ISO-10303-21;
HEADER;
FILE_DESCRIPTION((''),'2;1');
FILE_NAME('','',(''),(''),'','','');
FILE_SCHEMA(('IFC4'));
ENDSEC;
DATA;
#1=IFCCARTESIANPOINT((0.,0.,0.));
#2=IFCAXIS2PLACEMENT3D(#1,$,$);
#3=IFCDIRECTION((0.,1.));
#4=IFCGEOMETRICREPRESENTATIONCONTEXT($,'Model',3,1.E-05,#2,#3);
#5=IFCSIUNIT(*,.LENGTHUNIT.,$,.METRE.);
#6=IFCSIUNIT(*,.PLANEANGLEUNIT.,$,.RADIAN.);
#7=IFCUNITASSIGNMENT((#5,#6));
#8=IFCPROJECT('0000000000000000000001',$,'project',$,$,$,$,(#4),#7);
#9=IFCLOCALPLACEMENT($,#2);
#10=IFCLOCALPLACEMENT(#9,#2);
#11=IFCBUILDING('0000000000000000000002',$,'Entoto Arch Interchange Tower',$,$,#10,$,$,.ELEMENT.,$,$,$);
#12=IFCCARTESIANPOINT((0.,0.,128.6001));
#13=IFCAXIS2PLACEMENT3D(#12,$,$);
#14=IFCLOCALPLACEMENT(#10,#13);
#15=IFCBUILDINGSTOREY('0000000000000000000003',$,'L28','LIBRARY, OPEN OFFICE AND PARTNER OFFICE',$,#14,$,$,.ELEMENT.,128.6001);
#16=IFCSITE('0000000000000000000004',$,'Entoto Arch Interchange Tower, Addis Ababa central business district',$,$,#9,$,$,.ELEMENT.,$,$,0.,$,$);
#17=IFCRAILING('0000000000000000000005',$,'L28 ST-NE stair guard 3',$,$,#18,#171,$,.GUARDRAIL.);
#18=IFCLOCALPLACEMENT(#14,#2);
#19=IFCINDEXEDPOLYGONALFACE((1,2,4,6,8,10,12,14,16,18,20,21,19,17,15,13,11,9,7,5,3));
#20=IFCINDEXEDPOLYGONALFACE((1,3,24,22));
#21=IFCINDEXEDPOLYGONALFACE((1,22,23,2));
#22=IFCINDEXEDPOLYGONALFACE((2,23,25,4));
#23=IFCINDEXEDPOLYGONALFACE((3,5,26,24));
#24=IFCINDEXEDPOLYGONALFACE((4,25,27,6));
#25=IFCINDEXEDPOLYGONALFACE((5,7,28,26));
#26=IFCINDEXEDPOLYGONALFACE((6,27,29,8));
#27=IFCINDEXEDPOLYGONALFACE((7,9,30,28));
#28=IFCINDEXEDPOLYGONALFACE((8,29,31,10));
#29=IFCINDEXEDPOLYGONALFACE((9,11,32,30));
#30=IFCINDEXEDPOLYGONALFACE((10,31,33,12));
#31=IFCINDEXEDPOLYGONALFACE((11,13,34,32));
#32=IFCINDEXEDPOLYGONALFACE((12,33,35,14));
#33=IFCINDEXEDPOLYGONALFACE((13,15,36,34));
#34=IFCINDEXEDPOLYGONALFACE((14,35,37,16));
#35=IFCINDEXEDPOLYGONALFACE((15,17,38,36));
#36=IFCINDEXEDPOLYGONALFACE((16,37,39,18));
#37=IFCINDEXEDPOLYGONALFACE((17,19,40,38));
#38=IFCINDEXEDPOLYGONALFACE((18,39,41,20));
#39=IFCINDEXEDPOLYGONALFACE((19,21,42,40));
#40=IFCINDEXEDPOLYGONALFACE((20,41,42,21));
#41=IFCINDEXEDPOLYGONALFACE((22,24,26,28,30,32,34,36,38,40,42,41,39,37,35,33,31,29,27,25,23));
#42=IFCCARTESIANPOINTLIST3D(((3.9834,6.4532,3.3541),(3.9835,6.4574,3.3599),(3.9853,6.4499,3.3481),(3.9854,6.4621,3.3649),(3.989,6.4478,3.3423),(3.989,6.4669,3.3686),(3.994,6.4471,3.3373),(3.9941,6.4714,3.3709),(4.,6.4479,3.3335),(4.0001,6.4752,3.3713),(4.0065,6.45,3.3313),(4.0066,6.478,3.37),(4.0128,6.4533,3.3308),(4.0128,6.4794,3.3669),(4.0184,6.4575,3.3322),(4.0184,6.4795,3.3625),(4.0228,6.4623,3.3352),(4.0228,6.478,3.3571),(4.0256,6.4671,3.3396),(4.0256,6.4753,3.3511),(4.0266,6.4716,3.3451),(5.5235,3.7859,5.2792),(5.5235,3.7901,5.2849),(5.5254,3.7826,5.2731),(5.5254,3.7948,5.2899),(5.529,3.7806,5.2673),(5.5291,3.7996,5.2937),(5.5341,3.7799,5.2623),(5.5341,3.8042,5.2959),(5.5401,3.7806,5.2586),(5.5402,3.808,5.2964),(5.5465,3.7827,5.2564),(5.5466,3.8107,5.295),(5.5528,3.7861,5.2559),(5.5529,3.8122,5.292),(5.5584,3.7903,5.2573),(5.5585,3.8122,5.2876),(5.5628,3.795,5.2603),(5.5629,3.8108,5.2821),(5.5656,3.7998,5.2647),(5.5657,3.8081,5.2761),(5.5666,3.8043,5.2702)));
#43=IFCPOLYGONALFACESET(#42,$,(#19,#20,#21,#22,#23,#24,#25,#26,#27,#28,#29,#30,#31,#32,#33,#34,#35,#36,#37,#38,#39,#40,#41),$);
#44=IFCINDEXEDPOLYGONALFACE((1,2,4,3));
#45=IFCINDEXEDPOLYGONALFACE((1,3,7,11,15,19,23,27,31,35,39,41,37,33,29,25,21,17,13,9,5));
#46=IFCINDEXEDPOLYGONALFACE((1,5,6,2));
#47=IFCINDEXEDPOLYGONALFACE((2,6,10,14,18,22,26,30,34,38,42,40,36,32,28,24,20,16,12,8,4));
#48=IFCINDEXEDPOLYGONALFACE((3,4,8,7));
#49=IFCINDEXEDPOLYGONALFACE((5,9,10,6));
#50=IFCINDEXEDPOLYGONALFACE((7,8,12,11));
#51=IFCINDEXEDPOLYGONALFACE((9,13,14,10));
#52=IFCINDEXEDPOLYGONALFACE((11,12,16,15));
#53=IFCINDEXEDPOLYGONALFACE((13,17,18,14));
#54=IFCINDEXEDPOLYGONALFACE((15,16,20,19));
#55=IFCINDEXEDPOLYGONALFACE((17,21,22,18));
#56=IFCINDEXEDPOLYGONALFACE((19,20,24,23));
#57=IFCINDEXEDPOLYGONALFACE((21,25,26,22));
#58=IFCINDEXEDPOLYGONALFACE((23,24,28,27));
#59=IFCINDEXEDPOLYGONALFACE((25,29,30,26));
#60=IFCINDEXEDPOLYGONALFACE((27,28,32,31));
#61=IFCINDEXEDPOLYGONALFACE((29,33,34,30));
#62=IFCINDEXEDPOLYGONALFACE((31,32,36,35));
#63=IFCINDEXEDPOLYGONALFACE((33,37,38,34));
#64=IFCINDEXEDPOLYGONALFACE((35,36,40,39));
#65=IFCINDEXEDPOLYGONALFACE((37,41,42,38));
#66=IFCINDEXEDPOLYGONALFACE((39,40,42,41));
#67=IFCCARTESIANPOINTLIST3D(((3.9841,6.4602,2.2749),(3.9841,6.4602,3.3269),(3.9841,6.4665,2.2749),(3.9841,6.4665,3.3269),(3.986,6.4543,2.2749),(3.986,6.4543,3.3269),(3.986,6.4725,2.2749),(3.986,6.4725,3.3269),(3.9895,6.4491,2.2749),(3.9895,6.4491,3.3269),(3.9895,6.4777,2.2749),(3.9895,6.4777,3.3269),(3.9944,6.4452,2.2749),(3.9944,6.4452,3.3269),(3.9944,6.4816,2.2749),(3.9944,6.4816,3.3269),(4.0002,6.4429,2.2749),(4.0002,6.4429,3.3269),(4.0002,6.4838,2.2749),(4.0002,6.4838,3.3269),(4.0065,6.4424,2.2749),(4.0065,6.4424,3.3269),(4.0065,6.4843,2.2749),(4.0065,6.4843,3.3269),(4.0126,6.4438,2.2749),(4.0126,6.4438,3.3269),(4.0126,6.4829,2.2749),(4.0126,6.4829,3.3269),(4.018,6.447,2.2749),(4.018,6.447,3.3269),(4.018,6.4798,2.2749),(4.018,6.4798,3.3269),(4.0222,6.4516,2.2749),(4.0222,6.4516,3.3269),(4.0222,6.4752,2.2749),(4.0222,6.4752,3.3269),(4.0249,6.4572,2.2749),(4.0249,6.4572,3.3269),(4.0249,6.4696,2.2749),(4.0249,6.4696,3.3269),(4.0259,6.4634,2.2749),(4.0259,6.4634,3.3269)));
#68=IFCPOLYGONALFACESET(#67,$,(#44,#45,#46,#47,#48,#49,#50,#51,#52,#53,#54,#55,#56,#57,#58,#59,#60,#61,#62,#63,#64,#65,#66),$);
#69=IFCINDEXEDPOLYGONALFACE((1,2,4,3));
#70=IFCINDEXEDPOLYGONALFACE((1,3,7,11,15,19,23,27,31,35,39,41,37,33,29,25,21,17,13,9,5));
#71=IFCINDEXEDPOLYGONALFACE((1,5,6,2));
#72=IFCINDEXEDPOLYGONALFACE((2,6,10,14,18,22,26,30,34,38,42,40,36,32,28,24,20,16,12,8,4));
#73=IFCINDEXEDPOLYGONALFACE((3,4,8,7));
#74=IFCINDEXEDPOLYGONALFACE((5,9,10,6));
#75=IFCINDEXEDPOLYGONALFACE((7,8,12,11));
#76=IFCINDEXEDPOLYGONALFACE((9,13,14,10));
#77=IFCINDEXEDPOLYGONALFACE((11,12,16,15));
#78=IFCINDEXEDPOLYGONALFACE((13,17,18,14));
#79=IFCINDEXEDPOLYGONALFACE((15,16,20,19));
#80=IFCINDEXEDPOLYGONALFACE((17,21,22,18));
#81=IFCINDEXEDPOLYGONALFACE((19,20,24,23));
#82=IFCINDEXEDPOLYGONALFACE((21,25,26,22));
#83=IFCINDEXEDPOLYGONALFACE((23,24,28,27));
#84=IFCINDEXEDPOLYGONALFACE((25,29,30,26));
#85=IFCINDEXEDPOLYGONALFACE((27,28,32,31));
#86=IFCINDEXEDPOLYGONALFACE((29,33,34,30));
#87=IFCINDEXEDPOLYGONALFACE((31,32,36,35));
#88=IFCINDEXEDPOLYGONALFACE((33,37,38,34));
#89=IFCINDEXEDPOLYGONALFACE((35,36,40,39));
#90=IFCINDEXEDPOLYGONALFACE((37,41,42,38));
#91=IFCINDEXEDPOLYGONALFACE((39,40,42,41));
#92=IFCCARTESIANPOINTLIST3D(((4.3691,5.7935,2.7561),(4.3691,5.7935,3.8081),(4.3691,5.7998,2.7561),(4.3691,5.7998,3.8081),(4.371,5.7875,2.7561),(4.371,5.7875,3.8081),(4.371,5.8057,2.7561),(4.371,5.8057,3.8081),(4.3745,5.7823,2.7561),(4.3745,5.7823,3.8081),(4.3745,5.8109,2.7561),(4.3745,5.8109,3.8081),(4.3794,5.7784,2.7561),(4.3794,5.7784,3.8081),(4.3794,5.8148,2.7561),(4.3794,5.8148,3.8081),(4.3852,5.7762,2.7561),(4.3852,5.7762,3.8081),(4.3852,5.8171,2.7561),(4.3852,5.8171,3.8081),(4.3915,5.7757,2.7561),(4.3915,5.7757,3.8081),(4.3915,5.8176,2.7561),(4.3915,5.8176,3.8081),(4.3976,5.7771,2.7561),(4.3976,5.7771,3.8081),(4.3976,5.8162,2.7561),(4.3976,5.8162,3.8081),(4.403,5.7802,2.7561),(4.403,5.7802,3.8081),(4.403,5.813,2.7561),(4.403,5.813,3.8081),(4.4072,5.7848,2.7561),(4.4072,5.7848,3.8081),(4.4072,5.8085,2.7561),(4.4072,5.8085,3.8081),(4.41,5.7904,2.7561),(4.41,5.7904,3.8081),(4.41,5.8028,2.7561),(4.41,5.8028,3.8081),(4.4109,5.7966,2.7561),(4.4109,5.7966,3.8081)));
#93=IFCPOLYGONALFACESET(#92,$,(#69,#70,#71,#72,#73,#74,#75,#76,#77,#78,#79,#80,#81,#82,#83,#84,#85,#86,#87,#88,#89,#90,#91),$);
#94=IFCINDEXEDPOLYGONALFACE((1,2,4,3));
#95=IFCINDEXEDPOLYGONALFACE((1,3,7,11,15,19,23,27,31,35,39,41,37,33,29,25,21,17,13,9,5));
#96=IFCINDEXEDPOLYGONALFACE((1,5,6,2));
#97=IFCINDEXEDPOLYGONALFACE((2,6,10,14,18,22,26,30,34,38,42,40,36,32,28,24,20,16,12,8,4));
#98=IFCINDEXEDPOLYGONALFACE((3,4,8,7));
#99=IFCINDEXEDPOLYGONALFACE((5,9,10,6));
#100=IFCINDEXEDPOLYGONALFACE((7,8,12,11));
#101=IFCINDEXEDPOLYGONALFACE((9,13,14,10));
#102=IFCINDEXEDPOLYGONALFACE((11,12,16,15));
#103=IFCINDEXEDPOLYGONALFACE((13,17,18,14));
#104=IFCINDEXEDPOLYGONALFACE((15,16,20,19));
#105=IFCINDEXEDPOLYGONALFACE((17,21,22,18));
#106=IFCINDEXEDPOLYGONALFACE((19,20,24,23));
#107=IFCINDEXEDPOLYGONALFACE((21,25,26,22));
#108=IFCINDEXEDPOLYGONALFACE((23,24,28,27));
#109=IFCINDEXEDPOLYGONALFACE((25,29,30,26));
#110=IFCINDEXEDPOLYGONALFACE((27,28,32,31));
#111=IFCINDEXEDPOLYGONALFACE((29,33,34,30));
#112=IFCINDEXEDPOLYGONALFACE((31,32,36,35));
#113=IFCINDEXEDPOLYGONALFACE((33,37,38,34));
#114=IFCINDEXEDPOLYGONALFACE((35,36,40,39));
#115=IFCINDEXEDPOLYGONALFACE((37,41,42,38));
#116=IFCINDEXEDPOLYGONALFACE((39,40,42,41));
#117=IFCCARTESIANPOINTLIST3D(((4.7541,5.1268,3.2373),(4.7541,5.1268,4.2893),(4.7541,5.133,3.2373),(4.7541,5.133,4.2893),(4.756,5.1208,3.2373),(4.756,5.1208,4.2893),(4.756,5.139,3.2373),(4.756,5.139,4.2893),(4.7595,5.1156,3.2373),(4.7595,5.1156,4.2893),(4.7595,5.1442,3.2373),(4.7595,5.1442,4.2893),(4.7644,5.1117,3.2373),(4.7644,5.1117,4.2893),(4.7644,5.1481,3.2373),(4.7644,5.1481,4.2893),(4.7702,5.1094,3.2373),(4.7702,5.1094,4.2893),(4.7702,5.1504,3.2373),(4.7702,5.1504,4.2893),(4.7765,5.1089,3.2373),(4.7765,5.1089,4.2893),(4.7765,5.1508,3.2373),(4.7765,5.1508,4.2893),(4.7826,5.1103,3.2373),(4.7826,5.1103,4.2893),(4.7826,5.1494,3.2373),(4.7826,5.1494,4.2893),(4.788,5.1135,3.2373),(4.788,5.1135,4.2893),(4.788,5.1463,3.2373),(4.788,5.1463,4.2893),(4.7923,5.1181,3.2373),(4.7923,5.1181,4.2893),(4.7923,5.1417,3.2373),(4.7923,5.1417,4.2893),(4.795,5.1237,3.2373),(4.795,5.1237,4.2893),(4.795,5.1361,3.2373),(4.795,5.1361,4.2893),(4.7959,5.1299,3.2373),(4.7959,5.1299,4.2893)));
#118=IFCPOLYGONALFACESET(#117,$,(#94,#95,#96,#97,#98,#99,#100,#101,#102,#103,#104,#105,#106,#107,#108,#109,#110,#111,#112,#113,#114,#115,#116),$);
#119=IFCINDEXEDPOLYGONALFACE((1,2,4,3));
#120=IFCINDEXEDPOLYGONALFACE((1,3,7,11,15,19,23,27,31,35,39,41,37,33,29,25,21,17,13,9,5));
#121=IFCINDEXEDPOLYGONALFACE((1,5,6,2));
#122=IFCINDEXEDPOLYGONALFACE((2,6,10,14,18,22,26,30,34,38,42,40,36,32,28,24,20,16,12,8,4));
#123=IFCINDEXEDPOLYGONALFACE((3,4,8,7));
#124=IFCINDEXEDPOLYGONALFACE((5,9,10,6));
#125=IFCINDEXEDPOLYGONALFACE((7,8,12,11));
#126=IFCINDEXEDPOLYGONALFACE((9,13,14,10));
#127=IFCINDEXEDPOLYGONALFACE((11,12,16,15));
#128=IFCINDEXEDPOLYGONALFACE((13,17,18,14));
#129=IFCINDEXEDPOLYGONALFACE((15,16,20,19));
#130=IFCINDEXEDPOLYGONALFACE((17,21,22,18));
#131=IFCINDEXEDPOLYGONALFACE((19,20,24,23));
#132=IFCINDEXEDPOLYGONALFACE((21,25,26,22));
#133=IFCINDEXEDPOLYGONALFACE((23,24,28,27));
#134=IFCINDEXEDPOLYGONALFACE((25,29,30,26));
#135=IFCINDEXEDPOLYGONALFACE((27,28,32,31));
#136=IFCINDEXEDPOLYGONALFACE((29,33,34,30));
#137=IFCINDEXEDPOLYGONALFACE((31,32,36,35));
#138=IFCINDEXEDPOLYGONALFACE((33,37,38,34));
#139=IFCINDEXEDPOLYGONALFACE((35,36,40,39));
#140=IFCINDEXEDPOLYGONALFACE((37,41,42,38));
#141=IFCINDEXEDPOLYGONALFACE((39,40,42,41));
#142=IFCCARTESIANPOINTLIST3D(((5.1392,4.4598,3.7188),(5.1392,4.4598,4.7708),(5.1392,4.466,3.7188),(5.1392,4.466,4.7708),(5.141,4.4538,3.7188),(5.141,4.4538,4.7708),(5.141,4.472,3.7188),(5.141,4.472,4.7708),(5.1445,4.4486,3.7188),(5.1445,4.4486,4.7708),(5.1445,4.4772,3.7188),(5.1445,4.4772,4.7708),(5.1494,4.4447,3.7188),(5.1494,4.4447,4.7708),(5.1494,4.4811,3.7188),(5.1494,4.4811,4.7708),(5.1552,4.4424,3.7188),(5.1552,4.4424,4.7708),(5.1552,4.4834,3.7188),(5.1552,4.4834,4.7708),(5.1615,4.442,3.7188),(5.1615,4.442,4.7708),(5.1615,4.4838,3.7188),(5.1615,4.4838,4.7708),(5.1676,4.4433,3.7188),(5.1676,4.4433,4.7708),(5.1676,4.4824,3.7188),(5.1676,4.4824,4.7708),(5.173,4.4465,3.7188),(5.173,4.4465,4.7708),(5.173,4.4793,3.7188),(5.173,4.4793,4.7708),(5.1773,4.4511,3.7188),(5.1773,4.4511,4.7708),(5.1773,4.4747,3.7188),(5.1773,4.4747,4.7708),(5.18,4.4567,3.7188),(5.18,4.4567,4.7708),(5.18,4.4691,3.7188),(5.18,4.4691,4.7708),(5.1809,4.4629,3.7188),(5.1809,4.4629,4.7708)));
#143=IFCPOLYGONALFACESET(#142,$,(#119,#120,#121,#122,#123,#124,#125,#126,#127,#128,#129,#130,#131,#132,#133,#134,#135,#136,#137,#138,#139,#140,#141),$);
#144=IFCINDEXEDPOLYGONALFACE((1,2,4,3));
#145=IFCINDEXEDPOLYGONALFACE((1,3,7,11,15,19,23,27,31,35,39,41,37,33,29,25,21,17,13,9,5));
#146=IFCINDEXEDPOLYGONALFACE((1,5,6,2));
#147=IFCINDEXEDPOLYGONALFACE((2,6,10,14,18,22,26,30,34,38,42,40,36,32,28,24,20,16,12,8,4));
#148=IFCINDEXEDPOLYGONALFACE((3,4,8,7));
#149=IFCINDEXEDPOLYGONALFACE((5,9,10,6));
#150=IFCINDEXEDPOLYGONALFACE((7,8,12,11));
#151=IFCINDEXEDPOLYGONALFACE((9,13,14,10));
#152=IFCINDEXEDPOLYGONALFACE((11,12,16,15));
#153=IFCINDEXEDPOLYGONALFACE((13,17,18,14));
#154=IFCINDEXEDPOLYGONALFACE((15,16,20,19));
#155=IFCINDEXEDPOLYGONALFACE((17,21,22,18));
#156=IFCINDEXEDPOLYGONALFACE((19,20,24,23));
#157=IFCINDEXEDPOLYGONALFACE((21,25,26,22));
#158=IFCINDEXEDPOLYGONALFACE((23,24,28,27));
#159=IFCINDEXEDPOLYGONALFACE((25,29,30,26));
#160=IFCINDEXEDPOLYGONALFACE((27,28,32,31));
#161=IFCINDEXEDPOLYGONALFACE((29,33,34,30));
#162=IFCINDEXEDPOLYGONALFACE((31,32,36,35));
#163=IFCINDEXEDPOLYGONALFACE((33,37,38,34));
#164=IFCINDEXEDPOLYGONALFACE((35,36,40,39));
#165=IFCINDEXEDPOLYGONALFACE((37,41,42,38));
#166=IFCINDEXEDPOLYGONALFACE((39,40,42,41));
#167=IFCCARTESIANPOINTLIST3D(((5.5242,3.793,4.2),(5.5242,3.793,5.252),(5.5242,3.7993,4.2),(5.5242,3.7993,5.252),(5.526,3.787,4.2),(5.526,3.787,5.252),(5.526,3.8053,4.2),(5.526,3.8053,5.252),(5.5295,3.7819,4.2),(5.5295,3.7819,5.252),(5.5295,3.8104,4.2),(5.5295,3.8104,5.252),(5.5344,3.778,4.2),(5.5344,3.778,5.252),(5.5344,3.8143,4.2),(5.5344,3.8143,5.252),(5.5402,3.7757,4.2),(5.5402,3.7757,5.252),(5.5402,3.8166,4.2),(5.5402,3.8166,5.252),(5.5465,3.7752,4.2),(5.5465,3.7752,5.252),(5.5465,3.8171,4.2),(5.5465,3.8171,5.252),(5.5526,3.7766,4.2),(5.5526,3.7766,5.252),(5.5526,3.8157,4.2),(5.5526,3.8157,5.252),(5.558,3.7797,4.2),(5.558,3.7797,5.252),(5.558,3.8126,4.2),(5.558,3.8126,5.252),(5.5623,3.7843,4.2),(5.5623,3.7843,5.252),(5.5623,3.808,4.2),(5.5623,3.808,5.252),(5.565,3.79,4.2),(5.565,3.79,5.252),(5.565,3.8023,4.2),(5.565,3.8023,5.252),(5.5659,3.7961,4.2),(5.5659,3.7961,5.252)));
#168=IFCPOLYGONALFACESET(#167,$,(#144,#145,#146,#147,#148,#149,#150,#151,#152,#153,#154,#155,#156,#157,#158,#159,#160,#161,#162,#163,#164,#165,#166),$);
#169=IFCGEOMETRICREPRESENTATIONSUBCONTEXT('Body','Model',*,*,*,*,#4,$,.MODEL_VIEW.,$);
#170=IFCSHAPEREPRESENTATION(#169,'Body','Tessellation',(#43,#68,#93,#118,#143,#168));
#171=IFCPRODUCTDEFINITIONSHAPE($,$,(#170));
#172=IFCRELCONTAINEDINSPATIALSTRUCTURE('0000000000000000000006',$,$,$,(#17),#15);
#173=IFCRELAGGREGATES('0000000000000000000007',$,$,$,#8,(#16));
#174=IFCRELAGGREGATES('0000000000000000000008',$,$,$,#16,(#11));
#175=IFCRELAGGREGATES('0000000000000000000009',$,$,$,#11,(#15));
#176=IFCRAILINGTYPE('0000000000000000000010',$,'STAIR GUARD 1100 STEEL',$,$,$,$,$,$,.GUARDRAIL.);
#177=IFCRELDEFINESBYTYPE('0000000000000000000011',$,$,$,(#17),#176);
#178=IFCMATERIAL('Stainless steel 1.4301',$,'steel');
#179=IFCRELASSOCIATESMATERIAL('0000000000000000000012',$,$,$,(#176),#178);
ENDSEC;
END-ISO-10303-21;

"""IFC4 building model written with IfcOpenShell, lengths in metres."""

from ifc_helpers import new_model, si_unit, direction, frame, origin, origin_2d, place, context, subcontext, project, spatial, circle, extrude, material, type_object, element, save


model = new_model("IFC4")

# Units and contexts
model_context = context("Model", 3, precision=1e-05, world=origin(), true_north=direction((0.0, 1.0)))
body_context = subcontext(model_context, "Body", "Model", "MODEL_VIEW")
ifc_project = project(units=[si_unit("LENGTHUNIT", "METRE"), si_unit("PLANEANGLEUNIT", "RADIAN")], contexts=[model_context])

# Site, building, storey
site_placement = place(None, origin())
site = spatial("IfcSite", under=ifc_project, at=site_placement, Name="Entoto Arch Interchange Tower, Addis Ababa central business district", CompositionType="ELEMENT", RefElevation=0.0)
building_placement = place(site_placement, origin())
building = spatial("IfcBuilding", under=site, at=building_placement, Name="Entoto Arch Interchange Tower", CompositionType="ELEMENT")
storey_placement = place(building_placement, frame((0.0, 0.0, 128.6001)))
storey = spatial("IfcBuildingStorey", under=building, at=storey_placement, Name="L28", Description="LIBRARY, OPEN OFFICE AND PARTNER OFFICE", CompositionType="ELEMENT", Elevation=128.6001)

# Railing
ifc_material_1 = material(Name="Stainless steel 1.4301", Category="steel")
railing_type_1 = type_object("IfcRailingType", Name="STAIR GUARD 1100 STEEL", PredefinedType="GUARDRAIL", material=ifc_material_1)
railing_1_placement = place(storey_placement, frame((4.0049, 6.4634, 2.2749)))
element("IfcRailing", 1, at=railing_1_placement, inside=storey, type_object=railing_type_1, Name="L28 ST-NE stair guard 3", PredefinedType="GUARDRAIL", context=body_context, shape_type="SweptSolid", body=[
    extrude(circle(Radius=0.0239, at=origin_2d()), frame((0.0, 0.0, 1.0762), z_axis=(0.424015, -0.734364, 0.530019), x_axis=(0.86601, 0.500027, 0.0)), (0.0, 0.0, 1.0), 3.6321),
    extrude(circle(Radius=0.021, at=origin_2d()), origin(), (0.0, 0.0, 1.0), 1.052),
    extrude(circle(Radius=0.021, at=origin_2d()), frame((0.385, -0.6667, 0.4812)), (0.0, 0.0, 1.0), 1.052),
    extrude(circle(Radius=0.021, at=origin_2d()), frame((0.77, -1.3335, 0.9624)), (0.0, 0.0, 1.0), 1.052),
    extrude(circle(Radius=0.021, at=origin_2d()), frame((1.155, -2.0005, 1.4438)), (0.0, 0.0, 1.0), 1.052),
    extrude(circle(Radius=0.021, at=origin_2d()), frame((1.54, -2.6672, 1.925)), (0.0, 0.0, 1.0), 1.052),
])

save(model, "model.ifc")
